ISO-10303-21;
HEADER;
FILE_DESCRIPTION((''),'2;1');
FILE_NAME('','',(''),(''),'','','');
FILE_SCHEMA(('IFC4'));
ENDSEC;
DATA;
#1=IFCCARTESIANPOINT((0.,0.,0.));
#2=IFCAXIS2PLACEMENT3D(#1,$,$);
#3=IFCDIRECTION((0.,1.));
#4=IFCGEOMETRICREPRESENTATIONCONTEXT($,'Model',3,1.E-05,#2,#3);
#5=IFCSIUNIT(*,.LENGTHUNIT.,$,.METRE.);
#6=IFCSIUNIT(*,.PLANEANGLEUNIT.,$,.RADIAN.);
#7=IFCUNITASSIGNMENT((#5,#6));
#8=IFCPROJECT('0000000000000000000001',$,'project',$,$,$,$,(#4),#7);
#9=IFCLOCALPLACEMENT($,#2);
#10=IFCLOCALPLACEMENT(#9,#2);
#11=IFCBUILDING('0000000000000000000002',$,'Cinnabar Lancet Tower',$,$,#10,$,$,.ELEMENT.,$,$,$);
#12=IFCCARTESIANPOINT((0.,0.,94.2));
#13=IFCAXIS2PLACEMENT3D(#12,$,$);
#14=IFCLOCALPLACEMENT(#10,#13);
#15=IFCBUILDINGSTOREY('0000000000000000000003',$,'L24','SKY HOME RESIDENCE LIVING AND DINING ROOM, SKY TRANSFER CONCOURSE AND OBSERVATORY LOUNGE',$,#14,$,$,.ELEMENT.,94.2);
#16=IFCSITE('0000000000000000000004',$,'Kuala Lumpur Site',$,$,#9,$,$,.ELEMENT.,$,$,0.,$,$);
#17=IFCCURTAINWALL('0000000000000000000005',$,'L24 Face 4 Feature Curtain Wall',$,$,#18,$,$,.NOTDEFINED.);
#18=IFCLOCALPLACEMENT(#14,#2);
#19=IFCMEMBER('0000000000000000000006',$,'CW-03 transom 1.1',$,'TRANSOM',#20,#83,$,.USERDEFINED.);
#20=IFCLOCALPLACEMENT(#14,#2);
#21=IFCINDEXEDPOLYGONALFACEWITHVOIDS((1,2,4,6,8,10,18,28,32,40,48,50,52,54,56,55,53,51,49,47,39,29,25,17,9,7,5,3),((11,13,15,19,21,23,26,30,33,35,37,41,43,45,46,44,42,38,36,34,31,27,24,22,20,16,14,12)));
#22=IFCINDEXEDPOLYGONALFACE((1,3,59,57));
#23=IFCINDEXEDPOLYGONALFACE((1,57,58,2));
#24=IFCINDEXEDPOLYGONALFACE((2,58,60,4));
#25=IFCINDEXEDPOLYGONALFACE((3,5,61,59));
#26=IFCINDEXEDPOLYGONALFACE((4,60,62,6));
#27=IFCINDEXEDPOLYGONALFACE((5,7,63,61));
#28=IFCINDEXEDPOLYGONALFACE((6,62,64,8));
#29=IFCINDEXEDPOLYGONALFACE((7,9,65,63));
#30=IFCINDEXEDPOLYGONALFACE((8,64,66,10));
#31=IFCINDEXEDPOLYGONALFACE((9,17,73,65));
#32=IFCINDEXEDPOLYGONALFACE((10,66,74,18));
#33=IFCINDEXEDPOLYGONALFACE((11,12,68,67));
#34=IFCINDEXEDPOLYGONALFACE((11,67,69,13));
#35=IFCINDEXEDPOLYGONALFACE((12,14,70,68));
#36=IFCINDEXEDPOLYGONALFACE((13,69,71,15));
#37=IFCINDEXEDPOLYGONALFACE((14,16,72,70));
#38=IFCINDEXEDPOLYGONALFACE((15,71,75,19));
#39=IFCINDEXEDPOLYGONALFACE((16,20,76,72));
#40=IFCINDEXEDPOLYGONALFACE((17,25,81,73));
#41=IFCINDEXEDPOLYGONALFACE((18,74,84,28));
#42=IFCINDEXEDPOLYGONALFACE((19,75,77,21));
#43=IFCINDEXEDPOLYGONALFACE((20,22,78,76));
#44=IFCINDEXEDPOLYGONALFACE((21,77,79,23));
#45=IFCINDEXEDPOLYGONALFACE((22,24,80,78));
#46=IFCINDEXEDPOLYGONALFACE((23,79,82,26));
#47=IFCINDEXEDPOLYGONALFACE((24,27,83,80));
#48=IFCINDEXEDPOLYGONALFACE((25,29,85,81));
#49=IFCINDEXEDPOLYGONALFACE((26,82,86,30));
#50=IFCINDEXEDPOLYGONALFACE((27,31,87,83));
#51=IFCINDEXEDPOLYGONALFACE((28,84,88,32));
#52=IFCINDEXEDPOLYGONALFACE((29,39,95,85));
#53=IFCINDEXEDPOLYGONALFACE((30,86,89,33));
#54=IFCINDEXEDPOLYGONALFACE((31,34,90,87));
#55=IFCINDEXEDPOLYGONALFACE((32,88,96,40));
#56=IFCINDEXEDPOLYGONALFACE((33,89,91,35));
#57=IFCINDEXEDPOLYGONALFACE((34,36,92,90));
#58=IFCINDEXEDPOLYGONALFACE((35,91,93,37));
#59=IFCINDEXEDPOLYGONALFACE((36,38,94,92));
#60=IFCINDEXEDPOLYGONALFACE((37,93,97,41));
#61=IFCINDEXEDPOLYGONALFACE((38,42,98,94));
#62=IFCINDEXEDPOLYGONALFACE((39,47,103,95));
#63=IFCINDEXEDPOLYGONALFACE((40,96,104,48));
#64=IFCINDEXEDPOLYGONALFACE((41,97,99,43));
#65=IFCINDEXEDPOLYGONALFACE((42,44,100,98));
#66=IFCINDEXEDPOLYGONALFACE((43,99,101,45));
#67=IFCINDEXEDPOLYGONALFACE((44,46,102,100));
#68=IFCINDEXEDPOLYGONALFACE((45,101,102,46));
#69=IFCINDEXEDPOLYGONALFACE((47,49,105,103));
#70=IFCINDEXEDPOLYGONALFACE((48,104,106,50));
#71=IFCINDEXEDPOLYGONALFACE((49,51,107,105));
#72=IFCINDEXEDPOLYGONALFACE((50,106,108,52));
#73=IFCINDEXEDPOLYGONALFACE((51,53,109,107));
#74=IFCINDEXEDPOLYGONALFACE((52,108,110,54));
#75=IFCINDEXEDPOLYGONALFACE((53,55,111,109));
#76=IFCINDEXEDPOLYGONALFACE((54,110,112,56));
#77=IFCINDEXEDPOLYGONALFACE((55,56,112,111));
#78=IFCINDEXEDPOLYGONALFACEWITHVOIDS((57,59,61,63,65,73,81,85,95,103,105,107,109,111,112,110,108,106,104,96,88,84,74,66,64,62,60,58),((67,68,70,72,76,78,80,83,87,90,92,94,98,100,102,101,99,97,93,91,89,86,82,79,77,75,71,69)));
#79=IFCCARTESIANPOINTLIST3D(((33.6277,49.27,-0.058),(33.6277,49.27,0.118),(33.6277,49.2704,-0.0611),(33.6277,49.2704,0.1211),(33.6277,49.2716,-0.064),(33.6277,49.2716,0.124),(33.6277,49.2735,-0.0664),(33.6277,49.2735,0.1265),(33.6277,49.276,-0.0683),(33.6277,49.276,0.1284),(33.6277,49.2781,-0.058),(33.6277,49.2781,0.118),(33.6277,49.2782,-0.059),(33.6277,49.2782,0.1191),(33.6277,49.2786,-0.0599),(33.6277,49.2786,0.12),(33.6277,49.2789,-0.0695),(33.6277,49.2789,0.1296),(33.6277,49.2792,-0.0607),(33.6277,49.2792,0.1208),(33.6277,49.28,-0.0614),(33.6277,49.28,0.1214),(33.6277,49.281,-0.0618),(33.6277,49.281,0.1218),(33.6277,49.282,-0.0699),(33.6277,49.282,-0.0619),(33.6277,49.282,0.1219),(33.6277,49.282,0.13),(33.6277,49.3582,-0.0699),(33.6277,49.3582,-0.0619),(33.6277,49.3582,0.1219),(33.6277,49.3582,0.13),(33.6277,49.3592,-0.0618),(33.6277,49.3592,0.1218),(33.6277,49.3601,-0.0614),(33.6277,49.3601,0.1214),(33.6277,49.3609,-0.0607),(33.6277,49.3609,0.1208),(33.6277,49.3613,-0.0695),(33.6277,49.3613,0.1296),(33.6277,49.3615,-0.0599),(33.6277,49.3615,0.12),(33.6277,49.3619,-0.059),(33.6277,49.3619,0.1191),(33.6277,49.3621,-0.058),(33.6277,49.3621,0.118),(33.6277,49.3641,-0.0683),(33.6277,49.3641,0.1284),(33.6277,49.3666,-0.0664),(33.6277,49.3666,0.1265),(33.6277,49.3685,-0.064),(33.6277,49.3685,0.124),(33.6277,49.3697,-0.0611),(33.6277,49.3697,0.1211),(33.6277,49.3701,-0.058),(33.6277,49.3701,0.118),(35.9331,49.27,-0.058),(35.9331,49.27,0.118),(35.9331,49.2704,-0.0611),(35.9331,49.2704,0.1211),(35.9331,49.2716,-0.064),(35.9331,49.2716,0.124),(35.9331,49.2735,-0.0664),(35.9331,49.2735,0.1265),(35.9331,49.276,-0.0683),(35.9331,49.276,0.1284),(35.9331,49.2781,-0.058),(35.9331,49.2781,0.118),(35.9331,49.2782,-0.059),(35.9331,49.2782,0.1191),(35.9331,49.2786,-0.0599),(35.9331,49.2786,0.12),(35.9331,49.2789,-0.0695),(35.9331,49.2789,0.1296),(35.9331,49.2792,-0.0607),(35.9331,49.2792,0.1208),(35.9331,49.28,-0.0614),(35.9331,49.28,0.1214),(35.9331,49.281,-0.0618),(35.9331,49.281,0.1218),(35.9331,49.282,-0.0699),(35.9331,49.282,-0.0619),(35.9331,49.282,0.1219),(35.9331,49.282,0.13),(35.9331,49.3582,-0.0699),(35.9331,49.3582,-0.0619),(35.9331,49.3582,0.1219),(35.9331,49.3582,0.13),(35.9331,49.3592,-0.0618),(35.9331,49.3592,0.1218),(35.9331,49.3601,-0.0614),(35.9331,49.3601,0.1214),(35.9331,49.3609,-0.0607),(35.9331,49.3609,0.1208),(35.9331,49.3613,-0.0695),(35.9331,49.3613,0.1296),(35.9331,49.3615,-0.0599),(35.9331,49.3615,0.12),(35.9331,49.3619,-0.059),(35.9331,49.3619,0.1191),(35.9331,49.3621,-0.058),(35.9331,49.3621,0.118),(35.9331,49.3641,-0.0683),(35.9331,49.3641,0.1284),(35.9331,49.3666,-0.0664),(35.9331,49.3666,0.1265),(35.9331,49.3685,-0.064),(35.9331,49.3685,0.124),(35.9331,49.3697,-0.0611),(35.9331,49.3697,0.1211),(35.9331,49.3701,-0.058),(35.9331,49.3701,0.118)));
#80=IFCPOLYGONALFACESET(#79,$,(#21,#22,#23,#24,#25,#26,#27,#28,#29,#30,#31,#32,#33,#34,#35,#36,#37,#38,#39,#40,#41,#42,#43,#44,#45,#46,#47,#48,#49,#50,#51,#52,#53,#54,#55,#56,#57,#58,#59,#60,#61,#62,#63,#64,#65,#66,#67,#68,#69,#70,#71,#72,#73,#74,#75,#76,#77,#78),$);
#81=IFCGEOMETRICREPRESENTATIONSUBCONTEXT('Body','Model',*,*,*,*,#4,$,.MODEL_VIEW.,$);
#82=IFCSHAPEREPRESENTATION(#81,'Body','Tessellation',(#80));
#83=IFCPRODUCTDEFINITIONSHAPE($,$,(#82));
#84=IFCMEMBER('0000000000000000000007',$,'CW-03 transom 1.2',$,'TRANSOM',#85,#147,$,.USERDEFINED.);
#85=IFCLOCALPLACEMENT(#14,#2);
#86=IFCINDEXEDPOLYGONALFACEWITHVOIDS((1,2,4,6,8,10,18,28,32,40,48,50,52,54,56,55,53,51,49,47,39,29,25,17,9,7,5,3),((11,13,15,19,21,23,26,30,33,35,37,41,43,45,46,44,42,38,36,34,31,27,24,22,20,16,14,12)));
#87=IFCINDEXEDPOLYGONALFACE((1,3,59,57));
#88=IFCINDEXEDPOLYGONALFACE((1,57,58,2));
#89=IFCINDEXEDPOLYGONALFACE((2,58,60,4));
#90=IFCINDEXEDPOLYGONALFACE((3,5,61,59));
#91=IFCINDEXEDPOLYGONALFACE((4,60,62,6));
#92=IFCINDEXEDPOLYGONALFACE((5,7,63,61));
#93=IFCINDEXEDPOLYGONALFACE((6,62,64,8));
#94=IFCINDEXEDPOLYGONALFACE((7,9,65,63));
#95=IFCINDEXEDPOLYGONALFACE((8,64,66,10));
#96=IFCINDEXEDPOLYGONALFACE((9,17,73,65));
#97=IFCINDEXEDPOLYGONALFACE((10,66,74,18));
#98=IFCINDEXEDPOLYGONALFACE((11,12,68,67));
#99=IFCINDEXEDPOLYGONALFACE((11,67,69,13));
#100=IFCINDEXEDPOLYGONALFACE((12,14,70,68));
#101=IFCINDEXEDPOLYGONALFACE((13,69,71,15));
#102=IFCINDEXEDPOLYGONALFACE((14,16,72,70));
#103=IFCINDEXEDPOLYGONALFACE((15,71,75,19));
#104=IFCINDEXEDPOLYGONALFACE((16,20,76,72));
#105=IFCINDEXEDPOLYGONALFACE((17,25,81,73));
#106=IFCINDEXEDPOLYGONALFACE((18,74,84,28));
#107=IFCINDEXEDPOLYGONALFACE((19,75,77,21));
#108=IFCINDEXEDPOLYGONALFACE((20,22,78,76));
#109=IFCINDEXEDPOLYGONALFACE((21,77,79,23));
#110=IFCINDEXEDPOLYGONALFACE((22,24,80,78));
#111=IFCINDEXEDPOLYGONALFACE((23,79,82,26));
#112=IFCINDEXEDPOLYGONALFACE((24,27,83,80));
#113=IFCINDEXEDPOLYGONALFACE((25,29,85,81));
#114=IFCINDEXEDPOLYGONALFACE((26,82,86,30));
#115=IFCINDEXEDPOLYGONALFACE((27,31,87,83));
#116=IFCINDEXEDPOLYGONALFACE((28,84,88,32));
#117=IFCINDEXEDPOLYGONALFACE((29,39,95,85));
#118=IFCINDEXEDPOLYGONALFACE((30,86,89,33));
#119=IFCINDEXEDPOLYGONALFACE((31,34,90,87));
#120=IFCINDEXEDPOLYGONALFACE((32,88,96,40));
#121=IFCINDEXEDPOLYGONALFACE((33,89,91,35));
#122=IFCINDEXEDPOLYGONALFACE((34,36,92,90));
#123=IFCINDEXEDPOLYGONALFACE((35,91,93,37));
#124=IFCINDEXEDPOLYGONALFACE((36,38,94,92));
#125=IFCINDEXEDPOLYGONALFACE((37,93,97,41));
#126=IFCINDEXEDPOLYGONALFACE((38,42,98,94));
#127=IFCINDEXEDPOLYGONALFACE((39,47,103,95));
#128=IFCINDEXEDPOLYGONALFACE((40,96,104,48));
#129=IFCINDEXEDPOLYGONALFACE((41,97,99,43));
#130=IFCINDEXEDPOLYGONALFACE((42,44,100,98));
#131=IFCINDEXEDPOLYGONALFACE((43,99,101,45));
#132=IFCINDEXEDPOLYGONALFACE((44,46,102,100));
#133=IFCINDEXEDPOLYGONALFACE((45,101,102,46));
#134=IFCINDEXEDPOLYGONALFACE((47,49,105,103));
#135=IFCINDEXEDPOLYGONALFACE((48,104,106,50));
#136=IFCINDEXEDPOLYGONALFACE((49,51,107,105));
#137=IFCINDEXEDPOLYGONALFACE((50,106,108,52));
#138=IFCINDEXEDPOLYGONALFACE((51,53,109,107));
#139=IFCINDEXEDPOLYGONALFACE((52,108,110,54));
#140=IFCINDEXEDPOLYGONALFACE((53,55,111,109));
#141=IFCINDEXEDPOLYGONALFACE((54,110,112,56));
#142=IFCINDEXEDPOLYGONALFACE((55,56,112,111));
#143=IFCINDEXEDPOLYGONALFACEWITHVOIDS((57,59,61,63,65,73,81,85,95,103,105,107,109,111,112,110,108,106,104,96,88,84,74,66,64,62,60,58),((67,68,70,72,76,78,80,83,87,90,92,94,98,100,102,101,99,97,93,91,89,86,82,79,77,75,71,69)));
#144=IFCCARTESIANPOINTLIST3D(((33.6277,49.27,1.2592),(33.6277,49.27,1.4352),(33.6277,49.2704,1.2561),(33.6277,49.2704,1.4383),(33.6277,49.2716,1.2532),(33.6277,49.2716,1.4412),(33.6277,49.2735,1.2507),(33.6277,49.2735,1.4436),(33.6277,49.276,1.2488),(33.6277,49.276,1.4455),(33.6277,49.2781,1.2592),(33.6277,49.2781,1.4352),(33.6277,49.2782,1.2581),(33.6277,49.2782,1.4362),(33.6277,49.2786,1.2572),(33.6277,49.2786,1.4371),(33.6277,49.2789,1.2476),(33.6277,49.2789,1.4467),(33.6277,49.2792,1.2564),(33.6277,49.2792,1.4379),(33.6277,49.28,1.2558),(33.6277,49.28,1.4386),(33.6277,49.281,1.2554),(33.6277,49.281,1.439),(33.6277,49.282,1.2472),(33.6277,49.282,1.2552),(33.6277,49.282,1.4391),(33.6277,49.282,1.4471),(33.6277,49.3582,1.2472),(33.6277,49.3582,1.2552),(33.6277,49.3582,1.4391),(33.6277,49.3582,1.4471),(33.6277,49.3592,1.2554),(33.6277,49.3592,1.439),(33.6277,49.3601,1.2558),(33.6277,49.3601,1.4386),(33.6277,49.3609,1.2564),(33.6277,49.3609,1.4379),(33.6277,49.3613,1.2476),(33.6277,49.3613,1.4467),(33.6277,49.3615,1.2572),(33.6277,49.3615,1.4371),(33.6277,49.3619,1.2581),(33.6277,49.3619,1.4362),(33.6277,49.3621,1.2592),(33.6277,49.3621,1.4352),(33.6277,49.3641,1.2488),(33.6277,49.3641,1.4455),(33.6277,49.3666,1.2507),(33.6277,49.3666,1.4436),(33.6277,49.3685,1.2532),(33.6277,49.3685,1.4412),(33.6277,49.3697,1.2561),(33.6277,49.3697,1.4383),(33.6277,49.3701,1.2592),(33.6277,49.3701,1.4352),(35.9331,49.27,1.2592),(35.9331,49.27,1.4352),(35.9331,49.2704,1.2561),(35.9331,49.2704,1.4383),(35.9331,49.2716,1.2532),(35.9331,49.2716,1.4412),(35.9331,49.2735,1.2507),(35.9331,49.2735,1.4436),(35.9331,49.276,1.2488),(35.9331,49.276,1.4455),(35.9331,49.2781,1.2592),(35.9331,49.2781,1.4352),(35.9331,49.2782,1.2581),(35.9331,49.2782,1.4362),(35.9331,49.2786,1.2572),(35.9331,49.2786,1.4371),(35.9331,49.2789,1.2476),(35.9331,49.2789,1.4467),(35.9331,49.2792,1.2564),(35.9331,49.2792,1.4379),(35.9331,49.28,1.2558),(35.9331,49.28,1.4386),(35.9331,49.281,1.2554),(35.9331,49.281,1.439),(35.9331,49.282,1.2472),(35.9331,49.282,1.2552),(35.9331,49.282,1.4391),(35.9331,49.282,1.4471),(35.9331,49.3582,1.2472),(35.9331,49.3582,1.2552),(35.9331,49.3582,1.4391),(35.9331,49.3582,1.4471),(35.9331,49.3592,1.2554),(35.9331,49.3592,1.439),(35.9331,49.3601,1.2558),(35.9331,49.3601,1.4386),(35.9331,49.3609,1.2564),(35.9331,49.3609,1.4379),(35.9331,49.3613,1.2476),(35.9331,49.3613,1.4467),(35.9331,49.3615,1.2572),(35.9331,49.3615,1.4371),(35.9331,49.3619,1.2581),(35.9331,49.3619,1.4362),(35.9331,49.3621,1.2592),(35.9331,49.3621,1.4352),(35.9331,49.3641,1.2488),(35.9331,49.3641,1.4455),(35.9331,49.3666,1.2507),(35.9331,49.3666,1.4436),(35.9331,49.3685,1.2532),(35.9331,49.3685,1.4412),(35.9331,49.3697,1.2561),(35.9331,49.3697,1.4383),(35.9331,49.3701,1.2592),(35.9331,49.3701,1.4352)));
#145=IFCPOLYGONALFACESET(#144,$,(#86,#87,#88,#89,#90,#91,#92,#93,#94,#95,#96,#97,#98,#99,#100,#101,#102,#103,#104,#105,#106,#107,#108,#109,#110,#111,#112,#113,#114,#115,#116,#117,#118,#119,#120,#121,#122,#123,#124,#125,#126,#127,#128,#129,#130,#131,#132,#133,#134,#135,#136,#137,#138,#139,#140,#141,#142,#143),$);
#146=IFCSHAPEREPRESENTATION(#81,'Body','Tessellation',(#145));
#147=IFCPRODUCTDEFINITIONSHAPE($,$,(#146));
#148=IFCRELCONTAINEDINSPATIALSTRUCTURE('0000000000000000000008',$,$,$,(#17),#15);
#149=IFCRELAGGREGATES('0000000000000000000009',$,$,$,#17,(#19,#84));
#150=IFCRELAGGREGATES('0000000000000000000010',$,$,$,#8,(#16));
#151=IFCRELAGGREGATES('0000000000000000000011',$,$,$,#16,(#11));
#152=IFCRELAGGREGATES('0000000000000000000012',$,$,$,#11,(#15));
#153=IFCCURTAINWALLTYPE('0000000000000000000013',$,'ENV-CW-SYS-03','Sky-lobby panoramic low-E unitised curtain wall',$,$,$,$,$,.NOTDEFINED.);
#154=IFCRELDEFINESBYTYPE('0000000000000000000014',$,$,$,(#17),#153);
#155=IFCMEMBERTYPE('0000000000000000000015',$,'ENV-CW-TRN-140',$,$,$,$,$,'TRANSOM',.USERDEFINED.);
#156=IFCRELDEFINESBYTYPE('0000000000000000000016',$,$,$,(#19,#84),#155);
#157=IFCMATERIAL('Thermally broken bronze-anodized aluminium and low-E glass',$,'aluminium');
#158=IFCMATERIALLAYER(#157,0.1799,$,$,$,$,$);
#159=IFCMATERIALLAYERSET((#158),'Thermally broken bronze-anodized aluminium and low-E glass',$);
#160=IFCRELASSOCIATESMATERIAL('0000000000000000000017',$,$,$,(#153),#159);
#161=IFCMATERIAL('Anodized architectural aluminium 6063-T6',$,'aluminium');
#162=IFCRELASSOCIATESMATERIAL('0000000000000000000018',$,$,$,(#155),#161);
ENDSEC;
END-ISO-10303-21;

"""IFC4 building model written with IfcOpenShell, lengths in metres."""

from ifc_helpers import new_model, si_unit, direction, frame, origin, origin_2d, place, context, subcontext, project, spatial, hollow_rectangle, extrude, material, layer, layer_set, material_profile, profile_set, type_object, element, aggregate, save


model = new_model("IFC4")

# Units and contexts
model_context = context("Model", 3, precision=1e-05, world=origin(), true_north=direction((0.0, 1.0)))
body_context = subcontext(model_context, "Body", "Model", "MODEL_VIEW")
ifc_project = project(units=[si_unit("LENGTHUNIT", "METRE"), si_unit("PLANEANGLEUNIT", "RADIAN")], contexts=[model_context])

# Site, building, storey
site_placement = place(None, origin())
site = spatial("IfcSite", under=ifc_project, at=site_placement, Name="Kuala Lumpur Site", CompositionType="ELEMENT", RefElevation=0.0)
building_placement = place(site_placement, origin())
building = spatial("IfcBuilding", under=site, at=building_placement, Name="Cinnabar Lancet Tower", CompositionType="ELEMENT")
storey_placement = place(building_placement, frame((0.0, 0.0, 94.2)))
storey = spatial("IfcBuildingStorey", under=building, at=storey_placement, Name="L24", Description="SKY HOME RESIDENCE LIVING AND DINING ROOM, SKY TRANSFER CONCOURSE AND OBSERVATORY LOUNGE", CompositionType="ELEMENT", Elevation=94.2)

# Curtain wall, members
ifc_material_1 = material(Name="Thermally broken bronze-anodized aluminium and low-E glass", Category="aluminium")
ifc_layer_1 = layer(ifc_material_1, 0.1799)
ifc_layer_set_1 = layer_set([ifc_layer_1], Name="Thermally broken bronze-anodized aluminium and low-E glass")
curtain_wall_type = type_object("IfcCurtainWallType", Name="ENV-CW-SYS-03", Description="Sky-lobby panoramic low-E unitised curtain wall", PredefinedType="NOTDEFINED", material=ifc_layer_set_1)
curtain_wall_placement = place(storey_placement, origin())
curtain_wall = element("IfcCurtainWall", 1, at=curtain_wall_placement, inside=storey, type_object=curtain_wall_type, Name="L24 Face 4 Feature Curtain Wall", PredefinedType="NOTDEFINED")
ifc_material_2 = material(Name="Anodized architectural aluminium 6063-T6", Category="aluminium")
ifc_material_profile_1 = material_profile(ifc_material_2, hollow_rectangle(XDim=0.1001, YDim=0.2, WallThickness=0.0081, InnerFilletRadius=0.0039, OuterFilletRadius=0.012, at=origin_2d()), Name="RHS 200x100x8")
ifc_profile_set_1 = profile_set([ifc_material_profile_1], Name="Anodized architectural aluminium 6063-T6")
member_type_1 = type_object("IfcMemberType", Name="ENV-CW-TRN-140", ElementType="TRANSOM", PredefinedType="USERDEFINED", material=ifc_profile_set_1)
member_1_placement = place(storey_placement, frame((35.9331, 49.3201, 0.03), z_axis=(-1.0, 0.0, 0.0), x_axis=(0.0, -1.0, 0.0)))
member_1 = element("IfcMember", 2, at=member_1_placement, type_object=member_type_1, Name="CW-03 transom 1.1", ObjectType="TRANSOM", PredefinedType="USERDEFINED", context=body_context, shape_type="SweptSolid", body=[
    extrude(hollow_rectangle(XDim=0.1001, YDim=0.2, WallThickness=0.0081, InnerFilletRadius=0.0039, OuterFilletRadius=0.012, at=origin_2d()), origin(), (0.0, 0.0, 1.0), 2.3054),
])
member_2_placement = place(storey_placement, frame((35.9331, 49.3201, 1.3472), z_axis=(-1.0, 0.0, 0.0), x_axis=(0.0, -1.0, 0.0)))
member_2 = element("IfcMember", 3, at=member_2_placement, type_object=member_type_1, Name="CW-03 transom 1.2", ObjectType="TRANSOM", PredefinedType="USERDEFINED", context=body_context, shape_type="SweptSolid", body=[
    extrude(hollow_rectangle(XDim=0.1001, YDim=0.2, WallThickness=0.0081, InnerFilletRadius=0.0039, OuterFilletRadius=0.012, at=origin_2d()), origin(), (0.0, 0.0, 1.0), 2.3054),
])

aggregate(curtain_wall, [member_1, member_2])

save(model, "model.ifc")
